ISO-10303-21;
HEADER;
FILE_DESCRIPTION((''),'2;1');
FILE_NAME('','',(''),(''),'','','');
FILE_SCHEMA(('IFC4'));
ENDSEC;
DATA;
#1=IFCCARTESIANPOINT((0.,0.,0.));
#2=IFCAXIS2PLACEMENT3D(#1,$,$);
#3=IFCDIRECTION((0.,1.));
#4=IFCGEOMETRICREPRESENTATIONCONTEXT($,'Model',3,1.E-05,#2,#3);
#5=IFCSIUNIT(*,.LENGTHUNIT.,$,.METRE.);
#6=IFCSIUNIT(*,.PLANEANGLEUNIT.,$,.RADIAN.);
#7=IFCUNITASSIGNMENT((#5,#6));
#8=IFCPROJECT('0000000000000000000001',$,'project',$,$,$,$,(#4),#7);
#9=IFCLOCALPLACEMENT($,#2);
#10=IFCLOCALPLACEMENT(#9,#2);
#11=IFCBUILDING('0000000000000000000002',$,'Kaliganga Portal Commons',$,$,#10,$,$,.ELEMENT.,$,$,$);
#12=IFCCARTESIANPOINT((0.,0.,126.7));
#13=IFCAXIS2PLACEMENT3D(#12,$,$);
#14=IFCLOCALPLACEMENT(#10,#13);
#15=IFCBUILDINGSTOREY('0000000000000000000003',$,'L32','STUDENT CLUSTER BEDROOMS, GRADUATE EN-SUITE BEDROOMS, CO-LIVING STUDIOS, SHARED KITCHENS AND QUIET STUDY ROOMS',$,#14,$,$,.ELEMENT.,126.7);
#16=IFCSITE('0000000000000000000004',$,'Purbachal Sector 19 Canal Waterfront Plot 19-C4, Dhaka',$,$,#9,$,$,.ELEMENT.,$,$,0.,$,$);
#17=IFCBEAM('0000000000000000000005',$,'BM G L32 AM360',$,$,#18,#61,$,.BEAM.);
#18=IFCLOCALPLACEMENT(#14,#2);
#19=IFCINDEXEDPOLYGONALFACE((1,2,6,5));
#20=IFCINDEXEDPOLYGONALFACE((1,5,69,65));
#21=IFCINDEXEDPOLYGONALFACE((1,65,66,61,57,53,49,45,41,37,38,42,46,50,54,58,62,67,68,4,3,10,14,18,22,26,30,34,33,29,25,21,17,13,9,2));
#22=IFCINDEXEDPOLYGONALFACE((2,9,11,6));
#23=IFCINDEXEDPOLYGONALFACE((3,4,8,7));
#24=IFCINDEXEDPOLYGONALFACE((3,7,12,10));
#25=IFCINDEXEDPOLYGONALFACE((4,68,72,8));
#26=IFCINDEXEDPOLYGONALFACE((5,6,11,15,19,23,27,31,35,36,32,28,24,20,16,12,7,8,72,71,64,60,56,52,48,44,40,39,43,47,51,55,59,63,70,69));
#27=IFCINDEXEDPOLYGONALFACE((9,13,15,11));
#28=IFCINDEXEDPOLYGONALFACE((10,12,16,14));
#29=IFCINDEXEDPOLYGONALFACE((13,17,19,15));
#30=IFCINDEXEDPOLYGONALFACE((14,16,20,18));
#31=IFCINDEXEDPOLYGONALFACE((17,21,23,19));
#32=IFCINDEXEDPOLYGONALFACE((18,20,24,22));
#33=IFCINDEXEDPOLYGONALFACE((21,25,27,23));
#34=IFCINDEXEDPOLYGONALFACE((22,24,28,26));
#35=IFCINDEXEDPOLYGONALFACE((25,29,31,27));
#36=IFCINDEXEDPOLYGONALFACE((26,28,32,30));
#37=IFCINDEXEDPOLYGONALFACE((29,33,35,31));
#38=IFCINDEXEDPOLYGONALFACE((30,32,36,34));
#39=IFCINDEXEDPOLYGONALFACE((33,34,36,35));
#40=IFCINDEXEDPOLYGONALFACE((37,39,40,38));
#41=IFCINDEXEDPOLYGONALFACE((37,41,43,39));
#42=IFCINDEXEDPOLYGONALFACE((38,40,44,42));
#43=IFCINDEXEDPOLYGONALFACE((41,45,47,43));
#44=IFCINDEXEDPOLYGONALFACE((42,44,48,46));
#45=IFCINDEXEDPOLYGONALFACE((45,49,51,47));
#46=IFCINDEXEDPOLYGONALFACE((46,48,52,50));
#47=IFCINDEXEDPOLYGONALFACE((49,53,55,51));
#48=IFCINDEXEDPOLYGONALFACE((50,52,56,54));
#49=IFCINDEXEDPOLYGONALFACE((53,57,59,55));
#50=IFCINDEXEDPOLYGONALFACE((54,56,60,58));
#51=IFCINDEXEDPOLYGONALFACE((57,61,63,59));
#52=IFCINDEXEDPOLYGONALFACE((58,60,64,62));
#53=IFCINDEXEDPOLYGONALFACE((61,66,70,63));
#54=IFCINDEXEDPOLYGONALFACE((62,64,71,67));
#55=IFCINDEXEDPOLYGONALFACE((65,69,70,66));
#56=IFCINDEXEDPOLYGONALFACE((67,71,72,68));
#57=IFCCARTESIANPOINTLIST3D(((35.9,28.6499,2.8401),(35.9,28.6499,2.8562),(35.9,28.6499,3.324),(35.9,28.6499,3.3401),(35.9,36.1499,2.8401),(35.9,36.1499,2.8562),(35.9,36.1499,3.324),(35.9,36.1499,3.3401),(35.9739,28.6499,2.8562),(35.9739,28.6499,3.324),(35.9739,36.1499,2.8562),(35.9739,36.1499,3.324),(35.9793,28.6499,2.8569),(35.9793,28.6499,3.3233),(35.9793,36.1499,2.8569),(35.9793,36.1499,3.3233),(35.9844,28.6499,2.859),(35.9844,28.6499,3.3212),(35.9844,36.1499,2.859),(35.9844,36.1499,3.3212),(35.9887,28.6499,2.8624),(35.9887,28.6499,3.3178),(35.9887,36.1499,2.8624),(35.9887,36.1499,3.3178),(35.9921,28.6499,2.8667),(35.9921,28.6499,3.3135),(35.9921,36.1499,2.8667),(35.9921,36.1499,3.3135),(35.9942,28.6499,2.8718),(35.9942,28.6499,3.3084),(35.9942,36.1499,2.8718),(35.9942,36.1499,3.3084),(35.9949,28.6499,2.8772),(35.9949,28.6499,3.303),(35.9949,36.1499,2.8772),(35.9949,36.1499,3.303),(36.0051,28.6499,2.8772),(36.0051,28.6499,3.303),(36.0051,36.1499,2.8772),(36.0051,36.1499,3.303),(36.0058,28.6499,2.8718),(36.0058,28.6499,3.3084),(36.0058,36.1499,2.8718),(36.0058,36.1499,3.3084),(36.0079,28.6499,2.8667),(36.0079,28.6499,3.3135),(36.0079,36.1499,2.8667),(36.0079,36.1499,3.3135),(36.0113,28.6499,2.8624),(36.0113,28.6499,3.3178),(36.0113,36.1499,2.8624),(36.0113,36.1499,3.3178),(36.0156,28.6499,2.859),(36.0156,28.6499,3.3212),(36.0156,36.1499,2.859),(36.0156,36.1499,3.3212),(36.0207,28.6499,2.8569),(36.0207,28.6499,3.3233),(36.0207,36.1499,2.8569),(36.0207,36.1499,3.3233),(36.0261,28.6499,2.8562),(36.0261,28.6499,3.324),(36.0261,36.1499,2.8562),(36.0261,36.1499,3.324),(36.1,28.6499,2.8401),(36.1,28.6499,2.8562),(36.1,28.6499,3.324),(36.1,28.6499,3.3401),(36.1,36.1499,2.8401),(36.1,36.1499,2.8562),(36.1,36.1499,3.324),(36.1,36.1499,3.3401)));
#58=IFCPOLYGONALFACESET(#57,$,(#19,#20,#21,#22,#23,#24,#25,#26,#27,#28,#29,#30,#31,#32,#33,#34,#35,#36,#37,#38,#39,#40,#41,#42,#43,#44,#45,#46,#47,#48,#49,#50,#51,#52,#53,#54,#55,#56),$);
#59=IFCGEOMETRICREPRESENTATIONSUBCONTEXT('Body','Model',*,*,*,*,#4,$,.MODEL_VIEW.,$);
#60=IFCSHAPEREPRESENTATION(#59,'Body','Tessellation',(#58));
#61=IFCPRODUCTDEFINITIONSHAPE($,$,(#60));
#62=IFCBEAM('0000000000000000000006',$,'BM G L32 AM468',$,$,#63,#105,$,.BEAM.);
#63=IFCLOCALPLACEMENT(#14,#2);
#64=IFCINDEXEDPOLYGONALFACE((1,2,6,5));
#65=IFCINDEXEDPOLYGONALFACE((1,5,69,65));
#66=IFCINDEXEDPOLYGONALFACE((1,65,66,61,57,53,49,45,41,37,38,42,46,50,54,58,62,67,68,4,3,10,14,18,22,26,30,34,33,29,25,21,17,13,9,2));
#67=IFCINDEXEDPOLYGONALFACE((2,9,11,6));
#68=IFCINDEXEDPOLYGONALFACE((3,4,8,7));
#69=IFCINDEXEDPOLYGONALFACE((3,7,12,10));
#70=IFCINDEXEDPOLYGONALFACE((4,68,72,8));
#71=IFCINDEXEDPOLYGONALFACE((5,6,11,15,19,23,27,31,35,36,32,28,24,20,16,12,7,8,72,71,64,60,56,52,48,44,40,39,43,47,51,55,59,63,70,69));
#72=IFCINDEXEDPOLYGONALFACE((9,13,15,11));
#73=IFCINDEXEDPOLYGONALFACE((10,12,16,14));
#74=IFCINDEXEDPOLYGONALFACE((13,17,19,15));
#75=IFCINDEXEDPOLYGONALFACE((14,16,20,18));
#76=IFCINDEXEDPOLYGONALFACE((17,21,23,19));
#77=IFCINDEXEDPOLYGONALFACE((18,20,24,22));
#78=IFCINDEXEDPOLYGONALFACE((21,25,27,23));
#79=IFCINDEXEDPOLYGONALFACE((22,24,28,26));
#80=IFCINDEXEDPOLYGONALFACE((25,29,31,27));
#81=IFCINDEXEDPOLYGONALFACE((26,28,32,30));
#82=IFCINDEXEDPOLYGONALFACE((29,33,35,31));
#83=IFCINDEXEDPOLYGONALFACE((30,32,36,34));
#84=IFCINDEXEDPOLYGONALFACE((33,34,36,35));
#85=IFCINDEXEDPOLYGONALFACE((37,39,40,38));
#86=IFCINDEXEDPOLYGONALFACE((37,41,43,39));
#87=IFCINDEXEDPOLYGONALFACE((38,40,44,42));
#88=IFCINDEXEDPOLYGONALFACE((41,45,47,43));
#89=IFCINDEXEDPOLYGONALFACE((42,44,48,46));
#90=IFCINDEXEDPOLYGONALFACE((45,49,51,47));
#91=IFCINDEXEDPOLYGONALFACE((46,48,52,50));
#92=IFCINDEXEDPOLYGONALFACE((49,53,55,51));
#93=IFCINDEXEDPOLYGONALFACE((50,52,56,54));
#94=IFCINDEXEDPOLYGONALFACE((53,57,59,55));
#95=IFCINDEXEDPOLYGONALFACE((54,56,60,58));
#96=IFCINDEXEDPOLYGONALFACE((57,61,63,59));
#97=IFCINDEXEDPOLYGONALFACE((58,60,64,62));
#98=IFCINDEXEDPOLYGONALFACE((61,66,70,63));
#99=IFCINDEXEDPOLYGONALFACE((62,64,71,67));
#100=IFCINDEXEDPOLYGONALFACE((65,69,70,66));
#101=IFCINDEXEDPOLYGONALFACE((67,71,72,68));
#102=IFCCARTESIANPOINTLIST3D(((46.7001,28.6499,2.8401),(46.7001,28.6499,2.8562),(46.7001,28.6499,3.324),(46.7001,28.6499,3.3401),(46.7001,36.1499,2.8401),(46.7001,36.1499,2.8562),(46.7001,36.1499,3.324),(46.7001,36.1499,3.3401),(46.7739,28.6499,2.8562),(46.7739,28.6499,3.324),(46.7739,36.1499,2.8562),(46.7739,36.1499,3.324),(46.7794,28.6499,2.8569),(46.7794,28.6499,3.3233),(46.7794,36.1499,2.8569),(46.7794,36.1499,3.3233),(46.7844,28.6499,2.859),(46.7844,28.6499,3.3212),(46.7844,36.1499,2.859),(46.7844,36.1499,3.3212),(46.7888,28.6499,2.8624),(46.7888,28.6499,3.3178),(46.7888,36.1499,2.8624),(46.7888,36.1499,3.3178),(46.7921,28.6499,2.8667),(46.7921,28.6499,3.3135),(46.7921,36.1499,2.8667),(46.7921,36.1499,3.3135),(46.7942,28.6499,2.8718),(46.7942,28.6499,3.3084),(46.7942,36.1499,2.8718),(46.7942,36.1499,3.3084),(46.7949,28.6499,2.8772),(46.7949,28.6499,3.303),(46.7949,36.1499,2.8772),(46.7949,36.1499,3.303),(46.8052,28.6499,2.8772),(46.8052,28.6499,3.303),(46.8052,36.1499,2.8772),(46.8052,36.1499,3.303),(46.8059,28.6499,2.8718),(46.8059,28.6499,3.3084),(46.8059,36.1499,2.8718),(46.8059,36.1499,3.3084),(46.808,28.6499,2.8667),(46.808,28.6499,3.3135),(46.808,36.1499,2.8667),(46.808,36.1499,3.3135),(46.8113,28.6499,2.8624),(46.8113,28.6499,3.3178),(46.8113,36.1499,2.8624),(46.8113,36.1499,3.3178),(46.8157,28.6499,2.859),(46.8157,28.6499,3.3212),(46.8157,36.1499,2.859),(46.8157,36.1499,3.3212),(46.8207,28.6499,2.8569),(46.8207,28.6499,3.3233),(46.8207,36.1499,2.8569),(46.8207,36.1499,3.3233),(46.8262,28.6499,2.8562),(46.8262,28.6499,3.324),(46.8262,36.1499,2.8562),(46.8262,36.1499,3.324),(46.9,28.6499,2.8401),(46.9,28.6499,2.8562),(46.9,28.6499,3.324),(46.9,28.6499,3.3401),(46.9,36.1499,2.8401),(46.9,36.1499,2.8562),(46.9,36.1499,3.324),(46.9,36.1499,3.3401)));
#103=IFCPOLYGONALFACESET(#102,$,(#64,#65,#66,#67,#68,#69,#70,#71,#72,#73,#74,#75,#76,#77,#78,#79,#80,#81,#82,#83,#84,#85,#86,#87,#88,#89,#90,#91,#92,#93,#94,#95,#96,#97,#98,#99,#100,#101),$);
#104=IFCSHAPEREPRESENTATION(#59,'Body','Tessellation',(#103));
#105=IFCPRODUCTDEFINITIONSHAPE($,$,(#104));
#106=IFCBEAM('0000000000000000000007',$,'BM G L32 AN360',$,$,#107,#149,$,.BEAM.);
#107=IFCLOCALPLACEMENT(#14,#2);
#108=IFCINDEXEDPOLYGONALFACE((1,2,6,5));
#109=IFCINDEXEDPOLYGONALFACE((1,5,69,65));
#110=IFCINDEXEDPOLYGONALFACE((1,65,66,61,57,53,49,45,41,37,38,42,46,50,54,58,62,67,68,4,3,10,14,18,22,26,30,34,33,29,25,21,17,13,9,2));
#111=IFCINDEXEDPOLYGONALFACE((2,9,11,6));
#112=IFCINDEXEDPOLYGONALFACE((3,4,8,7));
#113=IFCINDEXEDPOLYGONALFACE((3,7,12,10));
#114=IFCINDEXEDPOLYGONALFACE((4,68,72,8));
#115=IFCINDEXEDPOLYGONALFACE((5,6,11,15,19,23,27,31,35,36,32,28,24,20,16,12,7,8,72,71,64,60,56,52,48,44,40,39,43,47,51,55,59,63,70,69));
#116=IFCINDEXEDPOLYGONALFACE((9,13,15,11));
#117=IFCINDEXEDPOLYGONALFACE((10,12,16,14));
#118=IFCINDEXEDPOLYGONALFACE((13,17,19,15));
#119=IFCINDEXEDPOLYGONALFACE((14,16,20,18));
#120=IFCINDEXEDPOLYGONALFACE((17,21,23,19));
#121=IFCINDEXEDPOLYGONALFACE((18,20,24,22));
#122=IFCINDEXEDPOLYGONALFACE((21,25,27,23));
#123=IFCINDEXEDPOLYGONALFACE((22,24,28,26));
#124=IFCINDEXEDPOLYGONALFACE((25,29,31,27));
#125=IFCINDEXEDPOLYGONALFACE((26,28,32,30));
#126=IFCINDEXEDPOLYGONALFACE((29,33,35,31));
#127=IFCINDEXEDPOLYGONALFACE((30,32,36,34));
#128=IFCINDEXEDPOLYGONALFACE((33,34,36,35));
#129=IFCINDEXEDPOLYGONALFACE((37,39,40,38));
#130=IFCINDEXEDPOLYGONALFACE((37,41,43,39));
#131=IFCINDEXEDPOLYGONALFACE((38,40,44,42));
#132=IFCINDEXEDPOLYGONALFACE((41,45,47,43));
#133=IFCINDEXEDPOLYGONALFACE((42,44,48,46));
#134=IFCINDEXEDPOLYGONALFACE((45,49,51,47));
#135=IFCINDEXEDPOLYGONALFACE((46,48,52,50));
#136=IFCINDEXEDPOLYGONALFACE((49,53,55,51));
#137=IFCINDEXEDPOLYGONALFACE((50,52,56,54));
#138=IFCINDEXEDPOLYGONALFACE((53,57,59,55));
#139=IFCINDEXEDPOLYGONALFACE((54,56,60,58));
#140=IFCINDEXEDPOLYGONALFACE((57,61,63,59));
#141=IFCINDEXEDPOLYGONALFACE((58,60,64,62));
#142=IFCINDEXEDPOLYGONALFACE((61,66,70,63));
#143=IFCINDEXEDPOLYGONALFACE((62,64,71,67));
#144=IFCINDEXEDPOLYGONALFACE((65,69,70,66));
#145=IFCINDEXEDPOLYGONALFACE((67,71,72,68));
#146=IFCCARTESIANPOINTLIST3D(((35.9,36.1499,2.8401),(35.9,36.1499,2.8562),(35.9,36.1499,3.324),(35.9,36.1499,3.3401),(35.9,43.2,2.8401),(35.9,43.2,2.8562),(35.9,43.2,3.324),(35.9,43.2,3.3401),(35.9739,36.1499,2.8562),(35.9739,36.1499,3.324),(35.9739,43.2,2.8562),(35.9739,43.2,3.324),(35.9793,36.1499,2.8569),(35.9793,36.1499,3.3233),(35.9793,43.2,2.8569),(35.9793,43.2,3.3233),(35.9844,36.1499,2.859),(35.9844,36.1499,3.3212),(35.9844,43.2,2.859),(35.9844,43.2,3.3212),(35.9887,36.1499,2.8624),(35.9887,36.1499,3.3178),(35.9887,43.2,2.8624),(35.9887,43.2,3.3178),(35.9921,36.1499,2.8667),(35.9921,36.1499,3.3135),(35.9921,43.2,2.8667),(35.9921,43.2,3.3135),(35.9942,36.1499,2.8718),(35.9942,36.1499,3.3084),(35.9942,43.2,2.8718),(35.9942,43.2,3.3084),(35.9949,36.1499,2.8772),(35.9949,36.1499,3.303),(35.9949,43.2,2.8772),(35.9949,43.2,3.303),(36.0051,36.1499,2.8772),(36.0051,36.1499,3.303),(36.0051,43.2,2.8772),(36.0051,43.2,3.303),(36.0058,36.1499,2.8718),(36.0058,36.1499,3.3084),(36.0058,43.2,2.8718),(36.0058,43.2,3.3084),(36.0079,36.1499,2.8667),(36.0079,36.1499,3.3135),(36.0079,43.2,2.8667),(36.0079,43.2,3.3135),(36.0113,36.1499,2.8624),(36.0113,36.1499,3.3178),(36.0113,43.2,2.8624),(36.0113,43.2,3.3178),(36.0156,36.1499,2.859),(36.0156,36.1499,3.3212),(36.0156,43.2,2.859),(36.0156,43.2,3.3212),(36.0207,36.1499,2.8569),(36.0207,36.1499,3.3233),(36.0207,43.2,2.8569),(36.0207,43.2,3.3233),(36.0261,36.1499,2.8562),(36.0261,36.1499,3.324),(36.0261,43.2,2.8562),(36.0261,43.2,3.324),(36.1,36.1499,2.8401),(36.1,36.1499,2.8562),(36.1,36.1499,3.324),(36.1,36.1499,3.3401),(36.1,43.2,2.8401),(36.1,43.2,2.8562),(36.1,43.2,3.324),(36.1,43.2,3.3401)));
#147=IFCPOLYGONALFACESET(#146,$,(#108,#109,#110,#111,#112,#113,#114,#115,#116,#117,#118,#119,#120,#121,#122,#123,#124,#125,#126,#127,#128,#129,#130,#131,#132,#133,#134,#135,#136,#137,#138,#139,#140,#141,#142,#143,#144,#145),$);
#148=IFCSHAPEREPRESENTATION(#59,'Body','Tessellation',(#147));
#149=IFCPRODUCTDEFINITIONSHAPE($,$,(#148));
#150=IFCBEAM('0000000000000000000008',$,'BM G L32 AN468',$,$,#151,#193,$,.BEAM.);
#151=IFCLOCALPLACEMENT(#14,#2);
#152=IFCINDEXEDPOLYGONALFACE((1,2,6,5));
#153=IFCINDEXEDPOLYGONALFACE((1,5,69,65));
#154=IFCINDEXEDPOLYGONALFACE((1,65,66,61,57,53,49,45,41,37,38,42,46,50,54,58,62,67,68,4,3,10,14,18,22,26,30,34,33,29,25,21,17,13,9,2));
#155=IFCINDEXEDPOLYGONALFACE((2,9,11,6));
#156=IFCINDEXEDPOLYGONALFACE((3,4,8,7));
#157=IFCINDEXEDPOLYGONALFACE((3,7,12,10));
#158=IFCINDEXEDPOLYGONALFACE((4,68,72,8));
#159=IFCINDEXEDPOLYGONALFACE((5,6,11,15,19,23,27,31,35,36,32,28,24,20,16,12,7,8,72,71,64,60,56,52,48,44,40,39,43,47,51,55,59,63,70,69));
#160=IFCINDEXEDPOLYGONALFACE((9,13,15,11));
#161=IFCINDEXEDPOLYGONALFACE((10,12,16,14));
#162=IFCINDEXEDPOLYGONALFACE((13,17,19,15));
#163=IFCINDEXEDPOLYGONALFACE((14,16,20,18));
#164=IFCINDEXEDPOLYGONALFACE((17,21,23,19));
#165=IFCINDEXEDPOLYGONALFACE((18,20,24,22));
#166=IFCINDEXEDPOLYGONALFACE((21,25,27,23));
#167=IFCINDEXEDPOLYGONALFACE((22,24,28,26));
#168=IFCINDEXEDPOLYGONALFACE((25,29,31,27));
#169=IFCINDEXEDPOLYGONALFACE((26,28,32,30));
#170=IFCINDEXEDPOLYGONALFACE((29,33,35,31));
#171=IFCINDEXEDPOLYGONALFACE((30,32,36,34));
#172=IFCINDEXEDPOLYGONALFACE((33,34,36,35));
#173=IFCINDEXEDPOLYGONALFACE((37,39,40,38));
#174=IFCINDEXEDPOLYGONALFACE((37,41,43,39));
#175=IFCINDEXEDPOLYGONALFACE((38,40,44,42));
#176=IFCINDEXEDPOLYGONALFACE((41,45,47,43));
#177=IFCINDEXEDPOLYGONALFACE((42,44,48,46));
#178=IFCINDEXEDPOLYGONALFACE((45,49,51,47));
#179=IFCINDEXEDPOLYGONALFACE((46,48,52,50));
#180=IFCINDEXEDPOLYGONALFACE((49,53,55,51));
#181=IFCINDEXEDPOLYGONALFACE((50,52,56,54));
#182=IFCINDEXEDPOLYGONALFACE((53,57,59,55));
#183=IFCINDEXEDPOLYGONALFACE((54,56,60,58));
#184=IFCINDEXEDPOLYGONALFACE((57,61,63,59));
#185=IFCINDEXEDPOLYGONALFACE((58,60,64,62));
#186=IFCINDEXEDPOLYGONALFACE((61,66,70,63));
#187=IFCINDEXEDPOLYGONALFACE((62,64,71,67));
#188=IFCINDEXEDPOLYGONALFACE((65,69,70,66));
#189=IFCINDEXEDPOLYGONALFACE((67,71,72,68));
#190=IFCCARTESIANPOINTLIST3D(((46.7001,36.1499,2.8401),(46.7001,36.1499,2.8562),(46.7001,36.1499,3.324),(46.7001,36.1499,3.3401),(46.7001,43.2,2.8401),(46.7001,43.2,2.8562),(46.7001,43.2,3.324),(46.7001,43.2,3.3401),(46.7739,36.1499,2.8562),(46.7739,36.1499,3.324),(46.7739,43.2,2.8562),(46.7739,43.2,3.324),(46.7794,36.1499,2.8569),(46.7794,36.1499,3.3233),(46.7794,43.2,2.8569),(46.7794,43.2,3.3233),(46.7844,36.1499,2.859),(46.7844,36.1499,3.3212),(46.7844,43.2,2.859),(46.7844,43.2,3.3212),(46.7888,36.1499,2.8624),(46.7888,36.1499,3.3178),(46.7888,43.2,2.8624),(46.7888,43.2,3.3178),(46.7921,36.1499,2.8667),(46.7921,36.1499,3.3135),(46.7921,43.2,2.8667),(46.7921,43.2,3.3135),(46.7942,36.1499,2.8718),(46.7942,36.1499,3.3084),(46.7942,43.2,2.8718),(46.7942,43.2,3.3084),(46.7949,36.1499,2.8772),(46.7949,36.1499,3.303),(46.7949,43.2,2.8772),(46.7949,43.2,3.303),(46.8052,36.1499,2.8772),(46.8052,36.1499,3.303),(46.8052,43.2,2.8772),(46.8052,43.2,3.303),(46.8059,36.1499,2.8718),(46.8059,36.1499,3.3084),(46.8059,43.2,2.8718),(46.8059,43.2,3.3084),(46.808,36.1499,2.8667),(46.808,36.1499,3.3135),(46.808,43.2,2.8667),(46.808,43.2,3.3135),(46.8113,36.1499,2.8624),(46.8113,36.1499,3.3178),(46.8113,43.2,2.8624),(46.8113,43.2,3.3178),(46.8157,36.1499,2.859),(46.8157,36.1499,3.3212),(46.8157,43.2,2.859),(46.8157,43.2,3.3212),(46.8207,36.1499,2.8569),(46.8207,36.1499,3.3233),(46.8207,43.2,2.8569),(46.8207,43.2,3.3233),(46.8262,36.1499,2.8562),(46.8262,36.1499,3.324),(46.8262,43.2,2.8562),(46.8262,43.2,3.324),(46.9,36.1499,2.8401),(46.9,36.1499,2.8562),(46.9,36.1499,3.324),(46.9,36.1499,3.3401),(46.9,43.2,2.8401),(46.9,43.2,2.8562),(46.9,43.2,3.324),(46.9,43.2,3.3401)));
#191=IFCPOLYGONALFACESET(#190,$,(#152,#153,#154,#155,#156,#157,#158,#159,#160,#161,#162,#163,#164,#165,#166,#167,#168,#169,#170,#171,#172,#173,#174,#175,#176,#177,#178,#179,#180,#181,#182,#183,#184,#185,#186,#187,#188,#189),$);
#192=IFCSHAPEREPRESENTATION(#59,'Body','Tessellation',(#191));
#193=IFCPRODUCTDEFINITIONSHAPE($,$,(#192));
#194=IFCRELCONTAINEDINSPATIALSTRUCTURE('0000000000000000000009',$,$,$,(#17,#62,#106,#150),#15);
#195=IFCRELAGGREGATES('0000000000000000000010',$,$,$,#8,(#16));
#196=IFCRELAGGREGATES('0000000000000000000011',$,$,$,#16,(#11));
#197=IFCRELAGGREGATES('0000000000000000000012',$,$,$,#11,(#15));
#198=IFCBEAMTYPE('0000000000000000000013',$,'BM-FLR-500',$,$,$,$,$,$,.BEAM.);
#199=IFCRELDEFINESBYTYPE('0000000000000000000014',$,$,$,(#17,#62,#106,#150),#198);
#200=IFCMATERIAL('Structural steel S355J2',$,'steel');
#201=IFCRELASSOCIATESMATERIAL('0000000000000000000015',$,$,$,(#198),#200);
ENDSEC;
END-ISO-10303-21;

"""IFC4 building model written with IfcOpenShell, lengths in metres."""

from ifc_helpers import new_model, si_unit, direction, frame, origin, origin_2d, place, context, subcontext, project, spatial, i_section, extrude, source, transform, mapped, material, material_profile, profile_set, type_object, element, save


model = new_model("IFC4")

# Units and contexts
model_context = context("Model", 3, precision=1e-05, world=origin(), true_north=direction((0.0, 1.0)))
body_context = subcontext(model_context, "Body", "Model", "MODEL_VIEW")
ifc_project = project(units=[si_unit("LENGTHUNIT", "METRE"), si_unit("PLANEANGLEUNIT", "RADIAN")], contexts=[model_context])

# Site, building, storey
site_placement = place(None, origin())
site = spatial("IfcSite", under=ifc_project, at=site_placement, Name="Purbachal Sector 19 Canal Waterfront Plot 19-C4, Dhaka", CompositionType="ELEMENT", RefElevation=0.0)
building_placement = place(site_placement, origin())
building = spatial("IfcBuilding", under=site, at=building_placement, Name="Kaliganga Portal Commons", CompositionType="ELEMENT")
storey_placement = place(building_placement, frame((0.0, 0.0, 126.7)))
storey = spatial("IfcBuildingStorey", under=building, at=storey_placement, Name="L32", Description="STUDENT CLUSTER BEDROOMS, GRADUATE EN-SUITE BEDROOMS, CO-LIVING STUDIOS, SHARED KITCHENS AND QUIET STUDY ROOMS", CompositionType="ELEMENT", Elevation=126.7)

# Beams
ifc_material_1 = material(Name="Structural steel S355J2", Category="steel")
ifc_material_profile_1 = material_profile(ifc_material_1, i_section(OverallWidth=0.2, OverallDepth=0.5, WebThickness=0.0103, FlangeThickness=0.0161, FilletRadius=0.021, at=origin_2d()), Name="IPE 500")
ifc_profile_set_1 = profile_set([ifc_material_profile_1], Name="Structural steel S355J2 wide-flange")
beam_type_1 = type_object("IfcBeamType", Name="BM-FLR-500", PredefinedType="BEAM", material=ifc_profile_set_1)
shared_shape_1 = source(origin(), body_context, "Body", "SweptSolid", [
    extrude(i_section(OverallWidth=0.2, OverallDepth=0.5, WebThickness=0.0103, FlangeThickness=0.0161, FilletRadius=0.021, at=origin_2d()), origin(), (0.0, 0.0, 1.0), 7.5),
])
for number, where, z_axis, x_axis, name in (
    (1, (36.0, 28.6499, 3.0901), (0.0, 1.0, 0.0), (-1.0, 0.0, 0.0), "BM G L32 AM360"),
    (2, (46.8, 28.6499, 3.0901), (0.0, 1.0, 0.0), (-1.0, 0.0, 0.0), "BM G L32 AM468"),
):
    element("IfcBeam", number, at=place(storey_placement, frame(where, z_axis=z_axis, x_axis=x_axis)), inside=storey, type_object=beam_type_1, Name=name, PredefinedType="BEAM", context=body_context, shape_type="MappedRepresentation", body=[
        mapped(shared_shape_1, transform((0.0, 0.0, 0.0), x_axis=(1.0, 0.0, 0.0), y_axis=(0.0, 1.0, 0.0), z_axis=(0.0, 0.0, 1.0), scale=1.0)),
    ])
shared_shape_2 = source(origin(), body_context, "Body", "SweptSolid", [
    extrude(i_section(OverallWidth=0.2, OverallDepth=0.5, WebThickness=0.0103, FlangeThickness=0.0161, FilletRadius=0.021, at=origin_2d()), origin(), (0.0, 0.0, 1.0), 7.05),
])
for number, where, z_axis, x_axis, name in (
    (3, (36.0, 36.1499, 3.0901), (0.0, 1.0, 0.0), (-1.0, 0.0, 0.0), "BM G L32 AN360"),
    (4, (46.8, 36.1499, 3.0901), (0.0, 1.0, 0.0), (-1.0, 0.0, 0.0), "BM G L32 AN468"),
):
    element("IfcBeam", number, at=place(storey_placement, frame(where, z_axis=z_axis, x_axis=x_axis)), inside=storey, type_object=beam_type_1, Name=name, PredefinedType="BEAM", context=body_context, shape_type="MappedRepresentation", body=[
        mapped(shared_shape_2, transform((0.0, 0.0, 0.0), x_axis=(1.0, 0.0, 0.0), y_axis=(0.0, 1.0, 0.0), z_axis=(0.0, 0.0, 1.0), scale=1.0)),
    ])

save(model, "model.ifc")
